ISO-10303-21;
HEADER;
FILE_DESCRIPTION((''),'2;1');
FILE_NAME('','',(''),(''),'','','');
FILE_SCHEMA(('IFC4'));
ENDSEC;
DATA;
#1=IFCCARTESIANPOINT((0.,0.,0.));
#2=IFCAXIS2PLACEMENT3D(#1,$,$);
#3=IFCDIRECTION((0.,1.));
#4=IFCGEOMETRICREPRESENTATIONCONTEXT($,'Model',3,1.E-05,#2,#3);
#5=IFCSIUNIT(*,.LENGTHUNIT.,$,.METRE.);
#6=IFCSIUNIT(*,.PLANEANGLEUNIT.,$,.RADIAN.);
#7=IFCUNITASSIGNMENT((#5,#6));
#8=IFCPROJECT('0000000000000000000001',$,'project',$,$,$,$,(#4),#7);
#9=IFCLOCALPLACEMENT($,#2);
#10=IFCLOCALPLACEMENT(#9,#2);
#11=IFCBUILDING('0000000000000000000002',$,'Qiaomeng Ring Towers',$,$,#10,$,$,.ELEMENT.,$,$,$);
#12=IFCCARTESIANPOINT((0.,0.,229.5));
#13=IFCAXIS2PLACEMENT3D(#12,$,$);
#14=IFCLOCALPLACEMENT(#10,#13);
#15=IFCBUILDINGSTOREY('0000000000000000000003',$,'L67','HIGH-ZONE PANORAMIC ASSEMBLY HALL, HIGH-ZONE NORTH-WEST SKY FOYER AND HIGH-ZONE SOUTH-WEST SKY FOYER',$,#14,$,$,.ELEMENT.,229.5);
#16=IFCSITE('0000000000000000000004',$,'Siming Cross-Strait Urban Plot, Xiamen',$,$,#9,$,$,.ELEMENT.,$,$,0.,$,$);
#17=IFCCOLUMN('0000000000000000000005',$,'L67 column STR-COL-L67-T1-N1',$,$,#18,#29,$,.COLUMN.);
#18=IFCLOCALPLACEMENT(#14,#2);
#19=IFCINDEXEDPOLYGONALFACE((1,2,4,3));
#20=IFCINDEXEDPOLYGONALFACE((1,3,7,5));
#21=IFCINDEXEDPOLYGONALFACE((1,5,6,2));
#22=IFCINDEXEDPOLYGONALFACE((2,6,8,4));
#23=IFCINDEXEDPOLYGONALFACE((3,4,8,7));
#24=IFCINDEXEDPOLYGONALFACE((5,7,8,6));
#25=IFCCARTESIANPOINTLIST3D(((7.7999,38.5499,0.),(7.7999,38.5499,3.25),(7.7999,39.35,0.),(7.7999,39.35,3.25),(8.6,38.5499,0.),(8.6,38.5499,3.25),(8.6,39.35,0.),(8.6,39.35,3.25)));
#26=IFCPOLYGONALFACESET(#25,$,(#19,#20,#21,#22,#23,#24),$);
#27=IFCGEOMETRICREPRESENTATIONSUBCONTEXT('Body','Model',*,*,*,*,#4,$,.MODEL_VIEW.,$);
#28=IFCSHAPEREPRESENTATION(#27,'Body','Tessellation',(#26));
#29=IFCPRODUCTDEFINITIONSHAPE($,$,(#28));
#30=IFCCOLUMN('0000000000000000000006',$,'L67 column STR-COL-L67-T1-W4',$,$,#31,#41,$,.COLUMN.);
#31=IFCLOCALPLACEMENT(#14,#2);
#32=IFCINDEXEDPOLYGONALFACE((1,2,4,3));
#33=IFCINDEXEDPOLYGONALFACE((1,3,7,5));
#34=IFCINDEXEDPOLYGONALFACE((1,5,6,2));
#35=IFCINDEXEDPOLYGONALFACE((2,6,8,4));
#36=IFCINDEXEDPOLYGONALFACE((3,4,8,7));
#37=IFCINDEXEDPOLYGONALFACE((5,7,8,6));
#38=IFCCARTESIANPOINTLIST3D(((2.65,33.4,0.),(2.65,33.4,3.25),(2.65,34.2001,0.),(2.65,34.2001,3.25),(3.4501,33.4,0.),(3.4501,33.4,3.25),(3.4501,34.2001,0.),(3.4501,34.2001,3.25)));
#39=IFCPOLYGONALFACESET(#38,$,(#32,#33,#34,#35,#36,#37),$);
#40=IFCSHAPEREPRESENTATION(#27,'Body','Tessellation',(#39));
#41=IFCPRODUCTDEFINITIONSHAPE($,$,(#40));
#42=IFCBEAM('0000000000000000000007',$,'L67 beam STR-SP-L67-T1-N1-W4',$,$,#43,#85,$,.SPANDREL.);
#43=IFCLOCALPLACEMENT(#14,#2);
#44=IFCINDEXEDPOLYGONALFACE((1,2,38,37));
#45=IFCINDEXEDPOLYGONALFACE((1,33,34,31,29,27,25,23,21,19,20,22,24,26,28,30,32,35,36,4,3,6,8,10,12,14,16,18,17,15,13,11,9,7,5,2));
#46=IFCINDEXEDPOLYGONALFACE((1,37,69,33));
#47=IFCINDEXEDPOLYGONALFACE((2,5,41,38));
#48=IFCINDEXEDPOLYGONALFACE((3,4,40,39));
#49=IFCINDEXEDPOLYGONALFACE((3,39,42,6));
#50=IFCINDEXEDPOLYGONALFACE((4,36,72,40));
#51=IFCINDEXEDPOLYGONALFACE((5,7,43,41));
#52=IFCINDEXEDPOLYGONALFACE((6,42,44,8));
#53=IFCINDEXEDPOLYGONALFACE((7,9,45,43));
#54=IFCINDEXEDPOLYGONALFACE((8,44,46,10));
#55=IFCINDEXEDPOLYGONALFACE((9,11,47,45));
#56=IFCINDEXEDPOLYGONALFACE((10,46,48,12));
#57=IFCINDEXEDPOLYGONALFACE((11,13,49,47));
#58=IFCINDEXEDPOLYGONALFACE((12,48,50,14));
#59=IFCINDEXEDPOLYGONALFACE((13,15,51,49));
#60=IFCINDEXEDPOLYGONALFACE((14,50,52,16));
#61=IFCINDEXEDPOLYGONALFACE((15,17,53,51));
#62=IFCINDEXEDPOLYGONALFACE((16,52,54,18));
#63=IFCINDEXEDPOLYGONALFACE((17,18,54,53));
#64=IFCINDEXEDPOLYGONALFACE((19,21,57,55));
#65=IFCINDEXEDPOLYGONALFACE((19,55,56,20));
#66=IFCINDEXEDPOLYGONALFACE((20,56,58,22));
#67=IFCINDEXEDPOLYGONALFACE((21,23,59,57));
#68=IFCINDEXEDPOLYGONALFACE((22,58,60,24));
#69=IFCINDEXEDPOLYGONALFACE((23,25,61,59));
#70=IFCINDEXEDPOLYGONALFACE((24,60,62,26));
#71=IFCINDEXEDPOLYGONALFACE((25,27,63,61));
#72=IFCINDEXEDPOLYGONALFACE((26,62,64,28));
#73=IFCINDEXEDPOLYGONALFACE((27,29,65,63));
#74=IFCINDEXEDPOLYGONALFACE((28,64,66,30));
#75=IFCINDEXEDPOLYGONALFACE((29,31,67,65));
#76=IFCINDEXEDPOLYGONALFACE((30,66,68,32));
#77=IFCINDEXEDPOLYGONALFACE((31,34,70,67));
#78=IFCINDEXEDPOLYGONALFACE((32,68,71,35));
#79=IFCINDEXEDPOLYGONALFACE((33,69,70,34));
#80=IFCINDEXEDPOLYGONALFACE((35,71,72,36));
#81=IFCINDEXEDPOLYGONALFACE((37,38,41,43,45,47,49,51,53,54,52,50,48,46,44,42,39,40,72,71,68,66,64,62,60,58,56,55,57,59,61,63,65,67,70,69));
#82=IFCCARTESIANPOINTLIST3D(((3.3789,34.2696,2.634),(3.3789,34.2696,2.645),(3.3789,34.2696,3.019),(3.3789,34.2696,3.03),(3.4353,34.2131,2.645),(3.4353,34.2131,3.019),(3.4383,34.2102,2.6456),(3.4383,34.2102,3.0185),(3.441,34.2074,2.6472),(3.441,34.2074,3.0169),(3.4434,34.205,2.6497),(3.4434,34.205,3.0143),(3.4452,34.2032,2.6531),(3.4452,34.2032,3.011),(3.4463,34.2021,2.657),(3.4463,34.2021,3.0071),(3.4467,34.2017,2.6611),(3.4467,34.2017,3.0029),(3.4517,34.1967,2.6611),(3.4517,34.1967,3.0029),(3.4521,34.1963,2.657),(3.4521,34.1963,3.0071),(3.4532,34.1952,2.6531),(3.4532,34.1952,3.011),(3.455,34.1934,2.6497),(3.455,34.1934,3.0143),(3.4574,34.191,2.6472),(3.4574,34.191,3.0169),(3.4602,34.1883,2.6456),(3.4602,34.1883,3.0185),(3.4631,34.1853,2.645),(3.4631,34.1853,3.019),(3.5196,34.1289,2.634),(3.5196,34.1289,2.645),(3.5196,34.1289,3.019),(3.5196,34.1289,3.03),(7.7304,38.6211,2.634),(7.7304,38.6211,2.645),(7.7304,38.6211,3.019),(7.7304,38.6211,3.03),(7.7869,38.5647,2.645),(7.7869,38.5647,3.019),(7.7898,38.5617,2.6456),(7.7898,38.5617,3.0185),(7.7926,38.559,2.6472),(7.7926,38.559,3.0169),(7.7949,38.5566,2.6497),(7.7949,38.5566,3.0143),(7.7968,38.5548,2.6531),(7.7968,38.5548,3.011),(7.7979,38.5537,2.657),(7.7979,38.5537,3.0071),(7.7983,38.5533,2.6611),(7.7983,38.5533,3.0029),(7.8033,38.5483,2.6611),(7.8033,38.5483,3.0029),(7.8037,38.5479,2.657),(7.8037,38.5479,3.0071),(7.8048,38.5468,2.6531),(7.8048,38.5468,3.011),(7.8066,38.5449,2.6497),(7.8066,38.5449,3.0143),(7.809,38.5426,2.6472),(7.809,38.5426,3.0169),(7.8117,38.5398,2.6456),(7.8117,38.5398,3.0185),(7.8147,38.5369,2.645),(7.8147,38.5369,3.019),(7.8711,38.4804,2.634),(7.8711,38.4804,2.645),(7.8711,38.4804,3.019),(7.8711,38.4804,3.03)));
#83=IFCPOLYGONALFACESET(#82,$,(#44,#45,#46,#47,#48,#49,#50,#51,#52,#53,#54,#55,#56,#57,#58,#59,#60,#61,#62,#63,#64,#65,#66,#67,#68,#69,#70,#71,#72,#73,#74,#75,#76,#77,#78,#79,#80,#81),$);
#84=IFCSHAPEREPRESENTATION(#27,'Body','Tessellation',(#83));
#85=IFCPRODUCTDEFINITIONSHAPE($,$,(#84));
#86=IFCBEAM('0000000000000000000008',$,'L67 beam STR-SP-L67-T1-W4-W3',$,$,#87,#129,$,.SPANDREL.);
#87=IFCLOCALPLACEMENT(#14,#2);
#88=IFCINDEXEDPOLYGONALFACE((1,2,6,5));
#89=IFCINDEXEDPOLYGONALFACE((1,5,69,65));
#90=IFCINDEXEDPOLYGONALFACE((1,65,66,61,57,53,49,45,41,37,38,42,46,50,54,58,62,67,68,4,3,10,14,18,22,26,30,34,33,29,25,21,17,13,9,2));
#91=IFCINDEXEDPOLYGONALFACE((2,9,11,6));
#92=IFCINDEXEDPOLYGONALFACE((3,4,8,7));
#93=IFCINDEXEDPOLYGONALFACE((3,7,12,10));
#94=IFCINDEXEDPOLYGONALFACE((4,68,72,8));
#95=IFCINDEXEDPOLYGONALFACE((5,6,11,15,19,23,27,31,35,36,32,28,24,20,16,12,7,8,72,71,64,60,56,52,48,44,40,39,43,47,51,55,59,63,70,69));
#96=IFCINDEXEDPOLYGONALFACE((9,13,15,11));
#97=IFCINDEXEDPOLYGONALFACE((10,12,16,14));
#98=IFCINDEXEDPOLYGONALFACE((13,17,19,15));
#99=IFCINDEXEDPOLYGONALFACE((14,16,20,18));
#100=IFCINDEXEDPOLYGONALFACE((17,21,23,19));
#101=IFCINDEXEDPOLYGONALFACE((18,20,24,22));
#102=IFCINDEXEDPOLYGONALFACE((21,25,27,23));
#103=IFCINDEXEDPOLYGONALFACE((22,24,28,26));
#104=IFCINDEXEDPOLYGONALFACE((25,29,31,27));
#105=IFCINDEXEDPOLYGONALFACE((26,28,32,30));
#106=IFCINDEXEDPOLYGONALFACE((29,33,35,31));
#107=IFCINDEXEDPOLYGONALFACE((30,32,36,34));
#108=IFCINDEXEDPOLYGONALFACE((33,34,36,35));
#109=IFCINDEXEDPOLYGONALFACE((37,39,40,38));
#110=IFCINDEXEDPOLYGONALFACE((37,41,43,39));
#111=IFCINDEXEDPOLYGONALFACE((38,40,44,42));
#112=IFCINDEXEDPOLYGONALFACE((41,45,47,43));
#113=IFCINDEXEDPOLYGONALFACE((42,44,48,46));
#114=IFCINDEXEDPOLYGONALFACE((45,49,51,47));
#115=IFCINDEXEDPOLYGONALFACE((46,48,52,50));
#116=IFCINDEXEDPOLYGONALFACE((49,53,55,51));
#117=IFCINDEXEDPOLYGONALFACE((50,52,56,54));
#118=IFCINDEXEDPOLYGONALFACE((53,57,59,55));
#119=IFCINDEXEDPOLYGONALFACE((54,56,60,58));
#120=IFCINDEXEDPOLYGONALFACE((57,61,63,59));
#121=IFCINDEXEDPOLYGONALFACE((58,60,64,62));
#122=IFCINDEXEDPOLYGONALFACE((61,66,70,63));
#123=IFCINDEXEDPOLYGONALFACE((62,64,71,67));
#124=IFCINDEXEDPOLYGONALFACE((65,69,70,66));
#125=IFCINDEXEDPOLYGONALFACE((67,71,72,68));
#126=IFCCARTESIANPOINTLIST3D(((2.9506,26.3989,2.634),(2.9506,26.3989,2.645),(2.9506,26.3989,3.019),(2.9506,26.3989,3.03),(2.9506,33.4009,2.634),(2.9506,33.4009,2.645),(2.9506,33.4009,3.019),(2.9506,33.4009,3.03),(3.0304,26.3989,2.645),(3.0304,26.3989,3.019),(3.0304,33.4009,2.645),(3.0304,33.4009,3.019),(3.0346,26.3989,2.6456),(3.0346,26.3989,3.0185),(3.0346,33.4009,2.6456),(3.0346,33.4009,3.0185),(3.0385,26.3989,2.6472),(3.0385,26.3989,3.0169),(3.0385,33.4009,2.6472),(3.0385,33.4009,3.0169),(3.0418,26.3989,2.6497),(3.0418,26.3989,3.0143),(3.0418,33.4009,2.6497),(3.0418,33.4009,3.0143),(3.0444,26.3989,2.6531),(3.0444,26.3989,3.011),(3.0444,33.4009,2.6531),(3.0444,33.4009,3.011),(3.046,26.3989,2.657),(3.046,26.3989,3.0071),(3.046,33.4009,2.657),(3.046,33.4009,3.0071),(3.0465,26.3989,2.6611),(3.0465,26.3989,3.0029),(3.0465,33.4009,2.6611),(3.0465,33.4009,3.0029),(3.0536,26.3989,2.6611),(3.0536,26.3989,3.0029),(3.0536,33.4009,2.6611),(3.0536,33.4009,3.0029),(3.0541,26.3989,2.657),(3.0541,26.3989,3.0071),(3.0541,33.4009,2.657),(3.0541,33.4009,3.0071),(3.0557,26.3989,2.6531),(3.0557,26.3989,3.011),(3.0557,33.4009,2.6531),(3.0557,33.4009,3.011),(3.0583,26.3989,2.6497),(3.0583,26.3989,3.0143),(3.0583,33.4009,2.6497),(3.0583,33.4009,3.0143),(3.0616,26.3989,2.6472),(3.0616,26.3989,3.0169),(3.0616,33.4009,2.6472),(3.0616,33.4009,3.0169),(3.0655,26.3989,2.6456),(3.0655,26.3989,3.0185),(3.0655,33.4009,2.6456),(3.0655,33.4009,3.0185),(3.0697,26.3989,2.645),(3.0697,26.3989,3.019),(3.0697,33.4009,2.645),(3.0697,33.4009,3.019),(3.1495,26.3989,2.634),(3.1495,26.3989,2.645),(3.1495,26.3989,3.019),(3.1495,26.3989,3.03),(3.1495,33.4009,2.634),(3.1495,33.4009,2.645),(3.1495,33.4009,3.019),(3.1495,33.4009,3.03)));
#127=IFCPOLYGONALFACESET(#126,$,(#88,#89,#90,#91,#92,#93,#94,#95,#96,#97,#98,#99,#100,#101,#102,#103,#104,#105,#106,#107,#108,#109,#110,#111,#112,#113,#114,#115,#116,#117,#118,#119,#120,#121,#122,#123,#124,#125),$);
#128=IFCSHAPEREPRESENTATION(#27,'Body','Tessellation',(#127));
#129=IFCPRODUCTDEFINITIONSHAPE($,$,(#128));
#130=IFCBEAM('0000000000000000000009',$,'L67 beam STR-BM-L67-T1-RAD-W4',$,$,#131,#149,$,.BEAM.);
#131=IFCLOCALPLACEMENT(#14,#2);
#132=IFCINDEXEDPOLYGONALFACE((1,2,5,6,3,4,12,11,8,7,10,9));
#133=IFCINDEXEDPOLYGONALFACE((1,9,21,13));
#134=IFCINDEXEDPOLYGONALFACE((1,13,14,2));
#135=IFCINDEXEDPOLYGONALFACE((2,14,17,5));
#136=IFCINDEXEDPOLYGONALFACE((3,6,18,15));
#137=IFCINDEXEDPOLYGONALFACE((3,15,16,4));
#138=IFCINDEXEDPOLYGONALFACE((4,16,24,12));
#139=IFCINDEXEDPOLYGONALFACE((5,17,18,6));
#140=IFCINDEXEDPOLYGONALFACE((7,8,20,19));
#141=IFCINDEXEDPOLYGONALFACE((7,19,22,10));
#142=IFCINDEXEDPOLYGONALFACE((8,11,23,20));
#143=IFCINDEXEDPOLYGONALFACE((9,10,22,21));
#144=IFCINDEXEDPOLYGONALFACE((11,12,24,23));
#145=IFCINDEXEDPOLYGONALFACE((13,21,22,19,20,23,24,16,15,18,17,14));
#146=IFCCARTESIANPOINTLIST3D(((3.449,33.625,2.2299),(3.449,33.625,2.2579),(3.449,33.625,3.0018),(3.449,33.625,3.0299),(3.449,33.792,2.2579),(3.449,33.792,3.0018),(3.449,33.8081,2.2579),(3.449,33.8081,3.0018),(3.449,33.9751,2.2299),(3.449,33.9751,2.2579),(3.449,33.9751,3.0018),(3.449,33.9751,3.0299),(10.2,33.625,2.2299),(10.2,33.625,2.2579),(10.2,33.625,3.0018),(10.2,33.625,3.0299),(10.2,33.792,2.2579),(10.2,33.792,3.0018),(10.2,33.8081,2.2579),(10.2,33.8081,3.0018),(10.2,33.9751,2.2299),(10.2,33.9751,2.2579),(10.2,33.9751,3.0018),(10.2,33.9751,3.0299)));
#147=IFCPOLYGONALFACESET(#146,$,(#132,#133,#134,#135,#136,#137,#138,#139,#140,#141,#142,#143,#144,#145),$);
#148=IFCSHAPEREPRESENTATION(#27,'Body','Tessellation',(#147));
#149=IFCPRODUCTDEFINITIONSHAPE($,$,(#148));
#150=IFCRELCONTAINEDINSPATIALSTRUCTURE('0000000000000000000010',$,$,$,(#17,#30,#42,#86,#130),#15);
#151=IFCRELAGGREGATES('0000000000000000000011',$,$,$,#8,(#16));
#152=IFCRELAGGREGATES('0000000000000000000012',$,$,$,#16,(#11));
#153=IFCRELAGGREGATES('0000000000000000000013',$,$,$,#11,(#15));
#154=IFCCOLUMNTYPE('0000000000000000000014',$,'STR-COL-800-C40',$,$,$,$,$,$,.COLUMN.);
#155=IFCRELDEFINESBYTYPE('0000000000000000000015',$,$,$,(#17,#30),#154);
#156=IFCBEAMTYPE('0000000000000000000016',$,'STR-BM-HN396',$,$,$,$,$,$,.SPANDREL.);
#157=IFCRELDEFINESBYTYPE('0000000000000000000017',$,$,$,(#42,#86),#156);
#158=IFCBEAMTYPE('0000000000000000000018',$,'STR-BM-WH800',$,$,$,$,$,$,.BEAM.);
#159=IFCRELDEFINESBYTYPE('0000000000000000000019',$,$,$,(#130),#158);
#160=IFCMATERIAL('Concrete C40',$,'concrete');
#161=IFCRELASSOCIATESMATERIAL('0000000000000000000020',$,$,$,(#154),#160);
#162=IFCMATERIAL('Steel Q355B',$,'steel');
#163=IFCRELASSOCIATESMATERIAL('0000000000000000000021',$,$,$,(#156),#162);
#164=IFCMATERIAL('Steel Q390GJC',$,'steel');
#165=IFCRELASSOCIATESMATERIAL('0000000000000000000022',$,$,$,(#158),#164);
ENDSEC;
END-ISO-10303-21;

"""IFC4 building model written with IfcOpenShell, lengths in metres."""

from ifc_helpers import new_model, si_unit, direction, frame, origin, origin_2d, place, context, subcontext, project, spatial, rectangle, i_section, extrude, source, transform, mapped, material, material_profile, profile_set, type_object, element, save


model = new_model("IFC4")

# Units and contexts
model_context = context("Model", 3, precision=1e-05, world=origin(), true_north=direction((0.0, 1.0)))
body_context = subcontext(model_context, "Body", "Model", "MODEL_VIEW")
ifc_project = project(units=[si_unit("LENGTHUNIT", "METRE"), si_unit("PLANEANGLEUNIT", "RADIAN")], contexts=[model_context])

# Site, building, storey
site_placement = place(None, origin())
site = spatial("IfcSite", under=ifc_project, at=site_placement, Name="Siming Cross-Strait Urban Plot, Xiamen", CompositionType="ELEMENT", RefElevation=0.0)
building_placement = place(site_placement, origin())
building = spatial("IfcBuilding", under=site, at=building_placement, Name="Qiaomeng Ring Towers", CompositionType="ELEMENT")
storey_placement = place(building_placement, frame((0.0, 0.0, 229.5)))
storey = spatial("IfcBuildingStorey", under=building, at=storey_placement, Name="L67", Description="HIGH-ZONE PANORAMIC ASSEMBLY HALL, HIGH-ZONE NORTH-WEST SKY FOYER AND HIGH-ZONE SOUTH-WEST SKY FOYER", CompositionType="ELEMENT", Elevation=229.5)

# Columns
ifc_material_1 = material(Name="Concrete C40", Category="concrete")
ifc_material_profile_1 = material_profile(ifc_material_1, rectangle(XDim=0.8, YDim=0.8, at=origin_2d()), Name="RC COL 800x800")
ifc_profile_set_1 = profile_set([ifc_material_profile_1], Name="Concrete C40")
column_type = type_object("IfcColumnType", Name="STR-COL-800-C40", PredefinedType="COLUMN", material=ifc_profile_set_1)
shared_shape_1 = source(origin(), body_context, "Body", "SweptSolid", [
    extrude(rectangle(XDim=0.8, YDim=0.8, at=origin_2d()), origin(), (0.0, 0.0, 1.0), 3.25),
])
for number, where, z_axis, x_axis, name in (
    (1, (8.2, 38.95, 0.0), (0.0, 0.0, 1.0), (1.0, 0.0, 0.0), "L67 column STR-COL-L67-T1-N1"),
    (2, (3.05, 33.8, 0.0), (0.0, 0.0, 1.0), (1.0, 0.0, 0.0), "L67 column STR-COL-L67-T1-W4"),
):
    element("IfcColumn", number, at=place(storey_placement, frame(where, z_axis=z_axis, x_axis=x_axis)), inside=storey, type_object=column_type, Name=name, PredefinedType="COLUMN", context=body_context, shape_type="MappedRepresentation", body=[
        mapped(shared_shape_1, transform((0.0, 0.0, 0.0), x_axis=(1.0, 0.0, 0.0), y_axis=(0.0, 1.0, 0.0), z_axis=(0.0, 0.0, 1.0), scale=1.0)),
    ])

# Beams
ifc_material_2 = material(Name="Steel Q355B", Category="steel")
ifc_material_profile_2 = material_profile(ifc_material_2, i_section(OverallWidth=0.199, OverallDepth=0.396, WebThickness=0.0071, FlangeThickness=0.011, FilletRadius=0.0161, at=origin_2d()), Name="HN 396x199x7x11")
ifc_profile_set_2 = profile_set([ifc_material_profile_2], Name="Steel Q355B")
beam_type_1 = type_object("IfcBeamType", Name="STR-BM-HN396", PredefinedType="SPANDREL", material=ifc_profile_set_2)
shared_shape_2 = source(origin(), body_context, "Body", "SweptSolid", [
    extrude(i_section(OverallWidth=0.199, OverallDepth=0.396, WebThickness=0.0071, FlangeThickness=0.011, FilletRadius=0.0161, at=origin_2d()), origin(), (0.0, 0.0, 1.0), 6.1541),
])
beam_1_placement = place(storey_placement, frame((7.8008, 38.5508, 2.832), z_axis=(-0.707107, -0.707107, 0.0), x_axis=(0.707107, -0.707107, 0.0)))
element("IfcBeam", 3, at=beam_1_placement, inside=storey, type_object=beam_type_1, Name="L67 beam STR-SP-L67-T1-N1-W4", PredefinedType="SPANDREL", context=body_context, shape_type="MappedRepresentation", body=[
    mapped(shared_shape_2, transform((0.0, 0.0, 0.0), x_axis=(1.0, 0.0, 0.0), y_axis=(0.0, 1.0, 0.0), z_axis=(0.0, 0.0, 1.0), scale=1.0)),
])
shared_shape_3 = source(origin(), body_context, "Body", "SweptSolid", [
    extrude(i_section(OverallWidth=0.199, OverallDepth=0.396, WebThickness=0.0071, FlangeThickness=0.011, FilletRadius=0.0161, at=origin_2d()), origin(), (0.0, 0.0, 1.0), 7.002),
])
beam_2_placement = place(storey_placement, frame((3.05, 33.4009, 2.832), z_axis=(0.0, -1.0, 0.0), x_axis=(1.0, 0.0, 0.0)))
element("IfcBeam", 4, at=beam_2_placement, inside=storey, type_object=beam_type_1, Name="L67 beam STR-SP-L67-T1-W4-W3", PredefinedType="SPANDREL", context=body_context, shape_type="MappedRepresentation", body=[
    mapped(shared_shape_3, transform((0.0, 0.0, 0.0), x_axis=(1.0, 0.0, 0.0), y_axis=(0.0, 1.0, 0.0), z_axis=(0.0, 0.0, 1.0), scale=1.0)),
])
ifc_material_3 = material(Name="Steel Q390GJC", Category="steel")
ifc_material_profile_3 = material_profile(ifc_material_3, i_section(OverallWidth=0.3501, OverallDepth=0.8, WebThickness=0.0161, FlangeThickness=0.0281, at=origin_2d()), Name="WH 800x350x16x28")
ifc_profile_set_3 = profile_set([ifc_material_profile_3], Name="Steel Q390GJC")
beam_type_2 = type_object("IfcBeamType", Name="STR-BM-WH800", PredefinedType="BEAM", material=ifc_profile_set_3)
shared_shape_4 = source(origin(), body_context, "Body", "SweptSolid", [
    extrude(i_section(OverallWidth=0.3501, OverallDepth=0.8, WebThickness=0.0161, FlangeThickness=0.0281, at=origin_2d()), origin(), (0.0, 0.0, 1.0), 6.751),
])
beam_3_placement = place(storey_placement, frame((3.449, 33.8, 2.6299), z_axis=(1.0, 0.0, 0.0), x_axis=(0.0, 1.0, 0.0)))
element("IfcBeam", 5, at=beam_3_placement, inside=storey, type_object=beam_type_2, Name="L67 beam STR-BM-L67-T1-RAD-W4", PredefinedType="BEAM", context=body_context, shape_type="MappedRepresentation", body=[
    mapped(shared_shape_4, transform((0.0, 0.0, 0.0), x_axis=(1.0, 0.0, 0.0), y_axis=(0.0, 1.0, 0.0), z_axis=(0.0, 0.0, 1.0), scale=1.0)),
])

save(model, "model.ifc")
